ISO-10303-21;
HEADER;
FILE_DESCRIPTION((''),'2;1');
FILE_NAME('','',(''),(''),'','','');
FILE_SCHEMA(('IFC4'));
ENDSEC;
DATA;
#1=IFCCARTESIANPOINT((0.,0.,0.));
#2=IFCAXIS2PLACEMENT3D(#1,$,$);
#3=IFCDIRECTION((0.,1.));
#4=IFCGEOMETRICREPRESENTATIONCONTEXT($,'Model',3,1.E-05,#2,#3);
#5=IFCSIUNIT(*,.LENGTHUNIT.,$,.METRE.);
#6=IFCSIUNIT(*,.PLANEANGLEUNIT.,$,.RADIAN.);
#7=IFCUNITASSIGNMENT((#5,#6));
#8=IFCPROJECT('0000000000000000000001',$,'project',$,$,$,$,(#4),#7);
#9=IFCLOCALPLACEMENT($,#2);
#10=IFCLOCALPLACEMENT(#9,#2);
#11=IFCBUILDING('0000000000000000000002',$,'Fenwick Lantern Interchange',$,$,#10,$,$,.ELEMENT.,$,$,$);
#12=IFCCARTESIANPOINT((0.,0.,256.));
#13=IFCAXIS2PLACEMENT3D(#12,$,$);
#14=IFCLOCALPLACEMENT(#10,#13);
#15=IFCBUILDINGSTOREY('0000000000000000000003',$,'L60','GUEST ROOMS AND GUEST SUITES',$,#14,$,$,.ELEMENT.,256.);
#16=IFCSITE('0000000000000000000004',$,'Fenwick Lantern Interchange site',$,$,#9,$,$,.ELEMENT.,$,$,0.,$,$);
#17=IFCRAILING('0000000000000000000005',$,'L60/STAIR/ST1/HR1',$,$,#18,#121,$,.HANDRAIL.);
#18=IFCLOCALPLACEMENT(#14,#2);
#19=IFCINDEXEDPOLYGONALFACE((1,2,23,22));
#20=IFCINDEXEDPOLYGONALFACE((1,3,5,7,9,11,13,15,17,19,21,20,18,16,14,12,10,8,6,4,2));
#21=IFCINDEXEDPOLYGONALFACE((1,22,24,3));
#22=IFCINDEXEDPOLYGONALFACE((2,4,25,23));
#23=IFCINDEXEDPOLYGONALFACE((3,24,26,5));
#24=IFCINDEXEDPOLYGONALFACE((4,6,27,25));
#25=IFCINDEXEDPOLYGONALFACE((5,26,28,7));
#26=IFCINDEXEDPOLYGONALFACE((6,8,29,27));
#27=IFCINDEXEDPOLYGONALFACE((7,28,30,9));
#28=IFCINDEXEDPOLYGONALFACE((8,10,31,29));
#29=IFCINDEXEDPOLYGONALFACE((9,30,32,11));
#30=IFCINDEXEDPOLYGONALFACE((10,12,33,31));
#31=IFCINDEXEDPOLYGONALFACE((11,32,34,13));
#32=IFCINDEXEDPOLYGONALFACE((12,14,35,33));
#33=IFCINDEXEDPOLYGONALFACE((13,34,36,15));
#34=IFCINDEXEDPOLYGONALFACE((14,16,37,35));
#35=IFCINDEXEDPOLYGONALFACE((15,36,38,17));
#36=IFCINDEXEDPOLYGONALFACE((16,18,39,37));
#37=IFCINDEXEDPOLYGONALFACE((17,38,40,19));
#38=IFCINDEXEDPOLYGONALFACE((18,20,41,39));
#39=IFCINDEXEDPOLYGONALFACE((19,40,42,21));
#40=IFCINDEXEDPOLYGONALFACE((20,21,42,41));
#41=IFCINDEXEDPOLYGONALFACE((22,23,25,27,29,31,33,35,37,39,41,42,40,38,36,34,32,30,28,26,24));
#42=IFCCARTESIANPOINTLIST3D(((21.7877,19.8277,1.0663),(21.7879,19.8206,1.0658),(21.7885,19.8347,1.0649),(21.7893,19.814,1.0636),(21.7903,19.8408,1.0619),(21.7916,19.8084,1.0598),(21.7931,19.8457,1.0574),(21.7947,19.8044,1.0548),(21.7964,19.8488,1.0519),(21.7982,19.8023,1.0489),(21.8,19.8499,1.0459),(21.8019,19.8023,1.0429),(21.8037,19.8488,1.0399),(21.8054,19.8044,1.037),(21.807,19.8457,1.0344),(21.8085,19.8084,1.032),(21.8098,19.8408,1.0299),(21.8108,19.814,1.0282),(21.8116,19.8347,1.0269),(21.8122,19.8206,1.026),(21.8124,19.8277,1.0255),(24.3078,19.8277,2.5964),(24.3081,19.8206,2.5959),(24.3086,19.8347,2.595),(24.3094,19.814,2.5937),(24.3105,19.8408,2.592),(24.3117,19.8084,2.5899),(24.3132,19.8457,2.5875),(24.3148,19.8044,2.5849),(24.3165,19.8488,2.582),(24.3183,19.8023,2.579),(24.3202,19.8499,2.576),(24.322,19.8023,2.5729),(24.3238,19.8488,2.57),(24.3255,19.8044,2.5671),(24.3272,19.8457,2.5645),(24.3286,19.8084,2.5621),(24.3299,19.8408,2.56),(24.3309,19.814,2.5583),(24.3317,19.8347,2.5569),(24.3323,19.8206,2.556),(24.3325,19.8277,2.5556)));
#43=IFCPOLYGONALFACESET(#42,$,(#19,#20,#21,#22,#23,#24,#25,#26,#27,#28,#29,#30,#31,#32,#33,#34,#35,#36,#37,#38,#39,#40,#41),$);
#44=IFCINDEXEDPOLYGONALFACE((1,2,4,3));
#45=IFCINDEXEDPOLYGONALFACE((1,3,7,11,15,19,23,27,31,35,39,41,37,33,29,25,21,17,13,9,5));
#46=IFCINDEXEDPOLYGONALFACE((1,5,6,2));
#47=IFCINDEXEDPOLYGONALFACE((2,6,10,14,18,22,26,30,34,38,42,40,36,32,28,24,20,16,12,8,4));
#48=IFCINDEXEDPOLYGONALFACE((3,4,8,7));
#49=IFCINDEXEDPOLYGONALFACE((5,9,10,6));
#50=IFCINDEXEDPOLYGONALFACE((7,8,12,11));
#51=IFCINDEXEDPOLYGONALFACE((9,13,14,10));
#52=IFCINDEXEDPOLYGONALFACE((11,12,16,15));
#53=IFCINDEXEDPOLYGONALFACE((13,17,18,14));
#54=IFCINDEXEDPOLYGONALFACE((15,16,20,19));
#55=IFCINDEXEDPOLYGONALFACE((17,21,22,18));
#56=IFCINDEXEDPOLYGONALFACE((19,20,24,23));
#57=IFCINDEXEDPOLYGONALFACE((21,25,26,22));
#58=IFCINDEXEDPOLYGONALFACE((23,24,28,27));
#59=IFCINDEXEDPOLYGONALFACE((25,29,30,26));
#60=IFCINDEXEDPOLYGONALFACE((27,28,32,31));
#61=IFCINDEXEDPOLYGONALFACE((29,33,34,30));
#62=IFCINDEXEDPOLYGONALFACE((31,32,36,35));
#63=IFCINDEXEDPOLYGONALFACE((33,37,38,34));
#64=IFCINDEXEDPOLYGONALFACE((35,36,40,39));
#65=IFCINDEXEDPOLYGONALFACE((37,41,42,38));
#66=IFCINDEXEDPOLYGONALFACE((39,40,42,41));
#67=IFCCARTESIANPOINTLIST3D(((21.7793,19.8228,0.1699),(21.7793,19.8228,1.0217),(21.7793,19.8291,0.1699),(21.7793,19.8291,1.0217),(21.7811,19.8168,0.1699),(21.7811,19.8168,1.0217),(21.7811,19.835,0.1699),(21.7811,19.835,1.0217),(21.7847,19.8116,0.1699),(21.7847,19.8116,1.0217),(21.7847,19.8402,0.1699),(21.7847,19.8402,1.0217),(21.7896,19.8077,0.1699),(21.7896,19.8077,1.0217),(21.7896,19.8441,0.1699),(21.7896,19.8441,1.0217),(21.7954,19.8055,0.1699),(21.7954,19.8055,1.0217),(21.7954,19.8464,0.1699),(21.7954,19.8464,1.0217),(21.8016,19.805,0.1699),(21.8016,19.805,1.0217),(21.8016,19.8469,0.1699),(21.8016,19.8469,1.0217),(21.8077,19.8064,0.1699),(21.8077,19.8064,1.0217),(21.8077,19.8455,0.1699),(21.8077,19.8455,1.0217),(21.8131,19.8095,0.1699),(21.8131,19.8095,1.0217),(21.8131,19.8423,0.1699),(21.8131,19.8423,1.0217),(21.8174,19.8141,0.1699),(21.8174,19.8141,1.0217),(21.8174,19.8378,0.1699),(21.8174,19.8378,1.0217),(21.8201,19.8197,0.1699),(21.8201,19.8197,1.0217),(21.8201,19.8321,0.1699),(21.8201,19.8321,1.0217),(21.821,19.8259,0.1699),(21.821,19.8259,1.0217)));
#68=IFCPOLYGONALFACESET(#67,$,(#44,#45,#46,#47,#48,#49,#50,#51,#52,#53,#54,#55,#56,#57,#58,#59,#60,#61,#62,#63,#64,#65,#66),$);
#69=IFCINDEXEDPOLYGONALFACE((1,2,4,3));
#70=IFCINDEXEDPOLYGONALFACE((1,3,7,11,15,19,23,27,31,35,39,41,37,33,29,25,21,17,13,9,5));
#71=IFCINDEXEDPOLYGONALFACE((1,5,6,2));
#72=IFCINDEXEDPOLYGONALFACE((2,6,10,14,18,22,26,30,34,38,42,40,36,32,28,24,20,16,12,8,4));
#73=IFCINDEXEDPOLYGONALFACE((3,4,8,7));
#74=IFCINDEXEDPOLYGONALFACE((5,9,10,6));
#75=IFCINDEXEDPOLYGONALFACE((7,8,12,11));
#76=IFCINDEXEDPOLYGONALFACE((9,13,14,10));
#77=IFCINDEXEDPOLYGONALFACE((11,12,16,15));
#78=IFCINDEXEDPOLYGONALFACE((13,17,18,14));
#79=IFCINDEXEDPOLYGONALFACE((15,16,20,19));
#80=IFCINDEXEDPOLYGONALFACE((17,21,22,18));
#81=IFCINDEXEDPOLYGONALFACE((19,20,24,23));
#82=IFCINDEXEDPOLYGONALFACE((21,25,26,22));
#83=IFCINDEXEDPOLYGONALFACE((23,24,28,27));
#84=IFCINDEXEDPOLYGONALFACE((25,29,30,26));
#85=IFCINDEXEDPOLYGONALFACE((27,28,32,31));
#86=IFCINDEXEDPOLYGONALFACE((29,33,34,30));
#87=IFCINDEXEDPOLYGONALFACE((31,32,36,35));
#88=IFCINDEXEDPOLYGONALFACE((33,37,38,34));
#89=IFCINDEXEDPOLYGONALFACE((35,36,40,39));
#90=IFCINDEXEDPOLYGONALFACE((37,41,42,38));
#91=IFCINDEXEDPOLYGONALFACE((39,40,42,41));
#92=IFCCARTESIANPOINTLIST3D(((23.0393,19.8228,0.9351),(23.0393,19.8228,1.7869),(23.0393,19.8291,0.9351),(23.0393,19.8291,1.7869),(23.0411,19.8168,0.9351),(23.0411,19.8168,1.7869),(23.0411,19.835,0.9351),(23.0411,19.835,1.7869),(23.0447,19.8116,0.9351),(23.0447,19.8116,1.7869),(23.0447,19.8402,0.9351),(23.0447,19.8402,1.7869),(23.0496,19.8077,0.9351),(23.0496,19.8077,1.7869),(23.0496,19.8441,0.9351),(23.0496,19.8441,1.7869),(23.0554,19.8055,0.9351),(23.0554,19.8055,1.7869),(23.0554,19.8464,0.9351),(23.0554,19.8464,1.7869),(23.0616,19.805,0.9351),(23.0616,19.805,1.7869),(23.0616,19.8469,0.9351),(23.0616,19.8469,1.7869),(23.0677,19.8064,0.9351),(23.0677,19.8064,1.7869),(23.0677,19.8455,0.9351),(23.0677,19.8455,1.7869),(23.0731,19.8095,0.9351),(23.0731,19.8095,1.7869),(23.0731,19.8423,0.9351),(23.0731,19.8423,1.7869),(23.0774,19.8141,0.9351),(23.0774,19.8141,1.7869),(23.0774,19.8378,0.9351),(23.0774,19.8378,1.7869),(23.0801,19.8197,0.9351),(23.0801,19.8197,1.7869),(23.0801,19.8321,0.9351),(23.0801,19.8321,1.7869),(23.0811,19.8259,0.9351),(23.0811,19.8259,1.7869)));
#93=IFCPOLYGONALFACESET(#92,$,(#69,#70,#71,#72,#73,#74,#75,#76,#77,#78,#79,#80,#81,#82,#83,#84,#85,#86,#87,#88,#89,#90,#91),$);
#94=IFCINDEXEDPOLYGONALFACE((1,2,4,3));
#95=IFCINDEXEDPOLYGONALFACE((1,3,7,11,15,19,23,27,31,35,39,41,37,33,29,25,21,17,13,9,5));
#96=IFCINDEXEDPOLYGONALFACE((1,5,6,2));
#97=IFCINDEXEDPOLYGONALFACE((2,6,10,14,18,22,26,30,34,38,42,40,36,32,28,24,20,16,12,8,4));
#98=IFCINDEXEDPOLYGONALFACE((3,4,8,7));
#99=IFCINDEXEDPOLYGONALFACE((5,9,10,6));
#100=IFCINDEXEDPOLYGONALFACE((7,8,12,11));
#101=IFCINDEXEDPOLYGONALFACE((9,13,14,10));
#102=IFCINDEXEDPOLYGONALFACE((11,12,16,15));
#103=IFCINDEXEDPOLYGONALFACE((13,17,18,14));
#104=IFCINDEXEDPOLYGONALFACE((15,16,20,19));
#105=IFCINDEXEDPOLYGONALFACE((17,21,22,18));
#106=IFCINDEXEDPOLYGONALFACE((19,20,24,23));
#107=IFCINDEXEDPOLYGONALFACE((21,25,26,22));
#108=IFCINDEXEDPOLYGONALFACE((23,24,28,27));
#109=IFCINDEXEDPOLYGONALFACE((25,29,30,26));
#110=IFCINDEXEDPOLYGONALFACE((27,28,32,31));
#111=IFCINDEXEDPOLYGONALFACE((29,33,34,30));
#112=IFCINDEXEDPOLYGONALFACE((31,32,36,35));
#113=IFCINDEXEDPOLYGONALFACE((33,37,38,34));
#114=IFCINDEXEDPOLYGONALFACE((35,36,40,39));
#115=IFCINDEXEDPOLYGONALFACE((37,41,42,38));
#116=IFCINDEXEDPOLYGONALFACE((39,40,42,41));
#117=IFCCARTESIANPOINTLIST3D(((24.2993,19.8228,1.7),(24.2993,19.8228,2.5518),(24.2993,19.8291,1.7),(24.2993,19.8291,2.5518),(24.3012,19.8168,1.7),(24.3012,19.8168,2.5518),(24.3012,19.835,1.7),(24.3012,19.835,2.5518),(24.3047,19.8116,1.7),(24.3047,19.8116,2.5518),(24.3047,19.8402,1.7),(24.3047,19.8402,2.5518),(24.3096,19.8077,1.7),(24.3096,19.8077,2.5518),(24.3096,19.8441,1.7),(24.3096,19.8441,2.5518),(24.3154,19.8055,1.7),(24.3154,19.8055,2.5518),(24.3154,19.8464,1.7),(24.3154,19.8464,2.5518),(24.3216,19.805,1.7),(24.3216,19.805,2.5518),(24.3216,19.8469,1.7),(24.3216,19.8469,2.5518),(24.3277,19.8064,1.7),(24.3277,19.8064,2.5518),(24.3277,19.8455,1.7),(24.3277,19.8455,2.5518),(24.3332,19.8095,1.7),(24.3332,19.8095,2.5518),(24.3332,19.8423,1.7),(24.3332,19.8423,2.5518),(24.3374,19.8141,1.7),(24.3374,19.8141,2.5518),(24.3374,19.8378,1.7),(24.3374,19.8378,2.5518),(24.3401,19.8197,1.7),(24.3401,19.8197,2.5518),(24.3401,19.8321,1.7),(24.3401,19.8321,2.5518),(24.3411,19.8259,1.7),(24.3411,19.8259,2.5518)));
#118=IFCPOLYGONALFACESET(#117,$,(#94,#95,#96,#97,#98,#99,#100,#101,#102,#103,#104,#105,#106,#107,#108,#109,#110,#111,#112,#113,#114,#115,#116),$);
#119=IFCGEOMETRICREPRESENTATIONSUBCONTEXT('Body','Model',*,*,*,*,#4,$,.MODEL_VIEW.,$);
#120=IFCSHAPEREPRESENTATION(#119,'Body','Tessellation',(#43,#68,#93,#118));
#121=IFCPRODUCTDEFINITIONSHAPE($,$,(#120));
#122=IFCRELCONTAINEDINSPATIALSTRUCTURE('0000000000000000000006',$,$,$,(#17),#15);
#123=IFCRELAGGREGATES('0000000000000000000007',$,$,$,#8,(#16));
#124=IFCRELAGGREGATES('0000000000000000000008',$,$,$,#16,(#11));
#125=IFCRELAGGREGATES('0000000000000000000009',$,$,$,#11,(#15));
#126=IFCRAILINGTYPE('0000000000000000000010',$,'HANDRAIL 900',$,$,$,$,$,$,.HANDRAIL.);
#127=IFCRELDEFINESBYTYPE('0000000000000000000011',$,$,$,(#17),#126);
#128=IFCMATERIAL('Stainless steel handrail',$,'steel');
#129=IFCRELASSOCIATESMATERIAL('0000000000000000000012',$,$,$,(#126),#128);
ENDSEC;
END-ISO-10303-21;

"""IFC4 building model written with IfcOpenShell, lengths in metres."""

from ifc_helpers import new_model, si_unit, direction, frame, origin, origin_2d, place, context, subcontext, project, spatial, circle, extrude, material, type_object, element, save


model = new_model("IFC4")

# Units and contexts
model_context = context("Model", 3, precision=1e-05, world=origin(), true_north=direction((0.0, 1.0)))
body_context = subcontext(model_context, "Body", "Model", "MODEL_VIEW")
ifc_project = project(units=[si_unit("LENGTHUNIT", "METRE"), si_unit("PLANEANGLEUNIT", "RADIAN")], contexts=[model_context])

# Site, building, storey
site_placement = place(None, origin())
site = spatial("IfcSite", under=ifc_project, at=site_placement, Name="Fenwick Lantern Interchange site", CompositionType="ELEMENT", RefElevation=0.0)
building_placement = place(site_placement, origin())
building = spatial("IfcBuilding", under=site, at=building_placement, Name="Fenwick Lantern Interchange", CompositionType="ELEMENT")
storey_placement = place(building_placement, frame((0.0, 0.0, 256.0)))
storey = spatial("IfcBuildingStorey", under=building, at=storey_placement, Name="L60", Description="GUEST ROOMS AND GUEST SUITES", CompositionType="ELEMENT", Elevation=256.0)

# Railing
ifc_material_1 = material(Name="Stainless steel handrail", Category="steel")
railing_type = type_object("IfcRailingType", Name="HANDRAIL 900", PredefinedType="HANDRAIL", material=ifc_material_1)
railing_1_placement = place(storey_placement, frame((21.8, 19.8259, 0.1699)))
element("IfcRailing", 1, at=railing_1_placement, inside=storey, type_object=railing_type, Name="L60/STAIR/ST1/HR1", PredefinedType="HANDRAIL", context=body_context, shape_type="SweptSolid", body=[
    extrude(circle(Radius=0.0239, at=origin_2d()), frame((0.0, 0.0, 0.876), z_axis=(0.854785, 0.0, 0.518982), x_axis=(0.0, 1.0, 0.0)), (0.0, 0.0, 1.0), 2.9482),
    extrude(circle(Radius=0.021, at=origin_2d()), origin(), (0.0, 0.0, 1.0), 0.8518),
    extrude(circle(Radius=0.021, at=origin_2d()), frame((1.26, 0.0, 0.7651)), (0.0, 0.0, 1.0), 0.8518),
    extrude(circle(Radius=0.021, at=origin_2d()), frame((2.52, 0.0, 1.53)), (0.0, 0.0, 1.0), 0.8518),
])

save(model, "model.ifc")
